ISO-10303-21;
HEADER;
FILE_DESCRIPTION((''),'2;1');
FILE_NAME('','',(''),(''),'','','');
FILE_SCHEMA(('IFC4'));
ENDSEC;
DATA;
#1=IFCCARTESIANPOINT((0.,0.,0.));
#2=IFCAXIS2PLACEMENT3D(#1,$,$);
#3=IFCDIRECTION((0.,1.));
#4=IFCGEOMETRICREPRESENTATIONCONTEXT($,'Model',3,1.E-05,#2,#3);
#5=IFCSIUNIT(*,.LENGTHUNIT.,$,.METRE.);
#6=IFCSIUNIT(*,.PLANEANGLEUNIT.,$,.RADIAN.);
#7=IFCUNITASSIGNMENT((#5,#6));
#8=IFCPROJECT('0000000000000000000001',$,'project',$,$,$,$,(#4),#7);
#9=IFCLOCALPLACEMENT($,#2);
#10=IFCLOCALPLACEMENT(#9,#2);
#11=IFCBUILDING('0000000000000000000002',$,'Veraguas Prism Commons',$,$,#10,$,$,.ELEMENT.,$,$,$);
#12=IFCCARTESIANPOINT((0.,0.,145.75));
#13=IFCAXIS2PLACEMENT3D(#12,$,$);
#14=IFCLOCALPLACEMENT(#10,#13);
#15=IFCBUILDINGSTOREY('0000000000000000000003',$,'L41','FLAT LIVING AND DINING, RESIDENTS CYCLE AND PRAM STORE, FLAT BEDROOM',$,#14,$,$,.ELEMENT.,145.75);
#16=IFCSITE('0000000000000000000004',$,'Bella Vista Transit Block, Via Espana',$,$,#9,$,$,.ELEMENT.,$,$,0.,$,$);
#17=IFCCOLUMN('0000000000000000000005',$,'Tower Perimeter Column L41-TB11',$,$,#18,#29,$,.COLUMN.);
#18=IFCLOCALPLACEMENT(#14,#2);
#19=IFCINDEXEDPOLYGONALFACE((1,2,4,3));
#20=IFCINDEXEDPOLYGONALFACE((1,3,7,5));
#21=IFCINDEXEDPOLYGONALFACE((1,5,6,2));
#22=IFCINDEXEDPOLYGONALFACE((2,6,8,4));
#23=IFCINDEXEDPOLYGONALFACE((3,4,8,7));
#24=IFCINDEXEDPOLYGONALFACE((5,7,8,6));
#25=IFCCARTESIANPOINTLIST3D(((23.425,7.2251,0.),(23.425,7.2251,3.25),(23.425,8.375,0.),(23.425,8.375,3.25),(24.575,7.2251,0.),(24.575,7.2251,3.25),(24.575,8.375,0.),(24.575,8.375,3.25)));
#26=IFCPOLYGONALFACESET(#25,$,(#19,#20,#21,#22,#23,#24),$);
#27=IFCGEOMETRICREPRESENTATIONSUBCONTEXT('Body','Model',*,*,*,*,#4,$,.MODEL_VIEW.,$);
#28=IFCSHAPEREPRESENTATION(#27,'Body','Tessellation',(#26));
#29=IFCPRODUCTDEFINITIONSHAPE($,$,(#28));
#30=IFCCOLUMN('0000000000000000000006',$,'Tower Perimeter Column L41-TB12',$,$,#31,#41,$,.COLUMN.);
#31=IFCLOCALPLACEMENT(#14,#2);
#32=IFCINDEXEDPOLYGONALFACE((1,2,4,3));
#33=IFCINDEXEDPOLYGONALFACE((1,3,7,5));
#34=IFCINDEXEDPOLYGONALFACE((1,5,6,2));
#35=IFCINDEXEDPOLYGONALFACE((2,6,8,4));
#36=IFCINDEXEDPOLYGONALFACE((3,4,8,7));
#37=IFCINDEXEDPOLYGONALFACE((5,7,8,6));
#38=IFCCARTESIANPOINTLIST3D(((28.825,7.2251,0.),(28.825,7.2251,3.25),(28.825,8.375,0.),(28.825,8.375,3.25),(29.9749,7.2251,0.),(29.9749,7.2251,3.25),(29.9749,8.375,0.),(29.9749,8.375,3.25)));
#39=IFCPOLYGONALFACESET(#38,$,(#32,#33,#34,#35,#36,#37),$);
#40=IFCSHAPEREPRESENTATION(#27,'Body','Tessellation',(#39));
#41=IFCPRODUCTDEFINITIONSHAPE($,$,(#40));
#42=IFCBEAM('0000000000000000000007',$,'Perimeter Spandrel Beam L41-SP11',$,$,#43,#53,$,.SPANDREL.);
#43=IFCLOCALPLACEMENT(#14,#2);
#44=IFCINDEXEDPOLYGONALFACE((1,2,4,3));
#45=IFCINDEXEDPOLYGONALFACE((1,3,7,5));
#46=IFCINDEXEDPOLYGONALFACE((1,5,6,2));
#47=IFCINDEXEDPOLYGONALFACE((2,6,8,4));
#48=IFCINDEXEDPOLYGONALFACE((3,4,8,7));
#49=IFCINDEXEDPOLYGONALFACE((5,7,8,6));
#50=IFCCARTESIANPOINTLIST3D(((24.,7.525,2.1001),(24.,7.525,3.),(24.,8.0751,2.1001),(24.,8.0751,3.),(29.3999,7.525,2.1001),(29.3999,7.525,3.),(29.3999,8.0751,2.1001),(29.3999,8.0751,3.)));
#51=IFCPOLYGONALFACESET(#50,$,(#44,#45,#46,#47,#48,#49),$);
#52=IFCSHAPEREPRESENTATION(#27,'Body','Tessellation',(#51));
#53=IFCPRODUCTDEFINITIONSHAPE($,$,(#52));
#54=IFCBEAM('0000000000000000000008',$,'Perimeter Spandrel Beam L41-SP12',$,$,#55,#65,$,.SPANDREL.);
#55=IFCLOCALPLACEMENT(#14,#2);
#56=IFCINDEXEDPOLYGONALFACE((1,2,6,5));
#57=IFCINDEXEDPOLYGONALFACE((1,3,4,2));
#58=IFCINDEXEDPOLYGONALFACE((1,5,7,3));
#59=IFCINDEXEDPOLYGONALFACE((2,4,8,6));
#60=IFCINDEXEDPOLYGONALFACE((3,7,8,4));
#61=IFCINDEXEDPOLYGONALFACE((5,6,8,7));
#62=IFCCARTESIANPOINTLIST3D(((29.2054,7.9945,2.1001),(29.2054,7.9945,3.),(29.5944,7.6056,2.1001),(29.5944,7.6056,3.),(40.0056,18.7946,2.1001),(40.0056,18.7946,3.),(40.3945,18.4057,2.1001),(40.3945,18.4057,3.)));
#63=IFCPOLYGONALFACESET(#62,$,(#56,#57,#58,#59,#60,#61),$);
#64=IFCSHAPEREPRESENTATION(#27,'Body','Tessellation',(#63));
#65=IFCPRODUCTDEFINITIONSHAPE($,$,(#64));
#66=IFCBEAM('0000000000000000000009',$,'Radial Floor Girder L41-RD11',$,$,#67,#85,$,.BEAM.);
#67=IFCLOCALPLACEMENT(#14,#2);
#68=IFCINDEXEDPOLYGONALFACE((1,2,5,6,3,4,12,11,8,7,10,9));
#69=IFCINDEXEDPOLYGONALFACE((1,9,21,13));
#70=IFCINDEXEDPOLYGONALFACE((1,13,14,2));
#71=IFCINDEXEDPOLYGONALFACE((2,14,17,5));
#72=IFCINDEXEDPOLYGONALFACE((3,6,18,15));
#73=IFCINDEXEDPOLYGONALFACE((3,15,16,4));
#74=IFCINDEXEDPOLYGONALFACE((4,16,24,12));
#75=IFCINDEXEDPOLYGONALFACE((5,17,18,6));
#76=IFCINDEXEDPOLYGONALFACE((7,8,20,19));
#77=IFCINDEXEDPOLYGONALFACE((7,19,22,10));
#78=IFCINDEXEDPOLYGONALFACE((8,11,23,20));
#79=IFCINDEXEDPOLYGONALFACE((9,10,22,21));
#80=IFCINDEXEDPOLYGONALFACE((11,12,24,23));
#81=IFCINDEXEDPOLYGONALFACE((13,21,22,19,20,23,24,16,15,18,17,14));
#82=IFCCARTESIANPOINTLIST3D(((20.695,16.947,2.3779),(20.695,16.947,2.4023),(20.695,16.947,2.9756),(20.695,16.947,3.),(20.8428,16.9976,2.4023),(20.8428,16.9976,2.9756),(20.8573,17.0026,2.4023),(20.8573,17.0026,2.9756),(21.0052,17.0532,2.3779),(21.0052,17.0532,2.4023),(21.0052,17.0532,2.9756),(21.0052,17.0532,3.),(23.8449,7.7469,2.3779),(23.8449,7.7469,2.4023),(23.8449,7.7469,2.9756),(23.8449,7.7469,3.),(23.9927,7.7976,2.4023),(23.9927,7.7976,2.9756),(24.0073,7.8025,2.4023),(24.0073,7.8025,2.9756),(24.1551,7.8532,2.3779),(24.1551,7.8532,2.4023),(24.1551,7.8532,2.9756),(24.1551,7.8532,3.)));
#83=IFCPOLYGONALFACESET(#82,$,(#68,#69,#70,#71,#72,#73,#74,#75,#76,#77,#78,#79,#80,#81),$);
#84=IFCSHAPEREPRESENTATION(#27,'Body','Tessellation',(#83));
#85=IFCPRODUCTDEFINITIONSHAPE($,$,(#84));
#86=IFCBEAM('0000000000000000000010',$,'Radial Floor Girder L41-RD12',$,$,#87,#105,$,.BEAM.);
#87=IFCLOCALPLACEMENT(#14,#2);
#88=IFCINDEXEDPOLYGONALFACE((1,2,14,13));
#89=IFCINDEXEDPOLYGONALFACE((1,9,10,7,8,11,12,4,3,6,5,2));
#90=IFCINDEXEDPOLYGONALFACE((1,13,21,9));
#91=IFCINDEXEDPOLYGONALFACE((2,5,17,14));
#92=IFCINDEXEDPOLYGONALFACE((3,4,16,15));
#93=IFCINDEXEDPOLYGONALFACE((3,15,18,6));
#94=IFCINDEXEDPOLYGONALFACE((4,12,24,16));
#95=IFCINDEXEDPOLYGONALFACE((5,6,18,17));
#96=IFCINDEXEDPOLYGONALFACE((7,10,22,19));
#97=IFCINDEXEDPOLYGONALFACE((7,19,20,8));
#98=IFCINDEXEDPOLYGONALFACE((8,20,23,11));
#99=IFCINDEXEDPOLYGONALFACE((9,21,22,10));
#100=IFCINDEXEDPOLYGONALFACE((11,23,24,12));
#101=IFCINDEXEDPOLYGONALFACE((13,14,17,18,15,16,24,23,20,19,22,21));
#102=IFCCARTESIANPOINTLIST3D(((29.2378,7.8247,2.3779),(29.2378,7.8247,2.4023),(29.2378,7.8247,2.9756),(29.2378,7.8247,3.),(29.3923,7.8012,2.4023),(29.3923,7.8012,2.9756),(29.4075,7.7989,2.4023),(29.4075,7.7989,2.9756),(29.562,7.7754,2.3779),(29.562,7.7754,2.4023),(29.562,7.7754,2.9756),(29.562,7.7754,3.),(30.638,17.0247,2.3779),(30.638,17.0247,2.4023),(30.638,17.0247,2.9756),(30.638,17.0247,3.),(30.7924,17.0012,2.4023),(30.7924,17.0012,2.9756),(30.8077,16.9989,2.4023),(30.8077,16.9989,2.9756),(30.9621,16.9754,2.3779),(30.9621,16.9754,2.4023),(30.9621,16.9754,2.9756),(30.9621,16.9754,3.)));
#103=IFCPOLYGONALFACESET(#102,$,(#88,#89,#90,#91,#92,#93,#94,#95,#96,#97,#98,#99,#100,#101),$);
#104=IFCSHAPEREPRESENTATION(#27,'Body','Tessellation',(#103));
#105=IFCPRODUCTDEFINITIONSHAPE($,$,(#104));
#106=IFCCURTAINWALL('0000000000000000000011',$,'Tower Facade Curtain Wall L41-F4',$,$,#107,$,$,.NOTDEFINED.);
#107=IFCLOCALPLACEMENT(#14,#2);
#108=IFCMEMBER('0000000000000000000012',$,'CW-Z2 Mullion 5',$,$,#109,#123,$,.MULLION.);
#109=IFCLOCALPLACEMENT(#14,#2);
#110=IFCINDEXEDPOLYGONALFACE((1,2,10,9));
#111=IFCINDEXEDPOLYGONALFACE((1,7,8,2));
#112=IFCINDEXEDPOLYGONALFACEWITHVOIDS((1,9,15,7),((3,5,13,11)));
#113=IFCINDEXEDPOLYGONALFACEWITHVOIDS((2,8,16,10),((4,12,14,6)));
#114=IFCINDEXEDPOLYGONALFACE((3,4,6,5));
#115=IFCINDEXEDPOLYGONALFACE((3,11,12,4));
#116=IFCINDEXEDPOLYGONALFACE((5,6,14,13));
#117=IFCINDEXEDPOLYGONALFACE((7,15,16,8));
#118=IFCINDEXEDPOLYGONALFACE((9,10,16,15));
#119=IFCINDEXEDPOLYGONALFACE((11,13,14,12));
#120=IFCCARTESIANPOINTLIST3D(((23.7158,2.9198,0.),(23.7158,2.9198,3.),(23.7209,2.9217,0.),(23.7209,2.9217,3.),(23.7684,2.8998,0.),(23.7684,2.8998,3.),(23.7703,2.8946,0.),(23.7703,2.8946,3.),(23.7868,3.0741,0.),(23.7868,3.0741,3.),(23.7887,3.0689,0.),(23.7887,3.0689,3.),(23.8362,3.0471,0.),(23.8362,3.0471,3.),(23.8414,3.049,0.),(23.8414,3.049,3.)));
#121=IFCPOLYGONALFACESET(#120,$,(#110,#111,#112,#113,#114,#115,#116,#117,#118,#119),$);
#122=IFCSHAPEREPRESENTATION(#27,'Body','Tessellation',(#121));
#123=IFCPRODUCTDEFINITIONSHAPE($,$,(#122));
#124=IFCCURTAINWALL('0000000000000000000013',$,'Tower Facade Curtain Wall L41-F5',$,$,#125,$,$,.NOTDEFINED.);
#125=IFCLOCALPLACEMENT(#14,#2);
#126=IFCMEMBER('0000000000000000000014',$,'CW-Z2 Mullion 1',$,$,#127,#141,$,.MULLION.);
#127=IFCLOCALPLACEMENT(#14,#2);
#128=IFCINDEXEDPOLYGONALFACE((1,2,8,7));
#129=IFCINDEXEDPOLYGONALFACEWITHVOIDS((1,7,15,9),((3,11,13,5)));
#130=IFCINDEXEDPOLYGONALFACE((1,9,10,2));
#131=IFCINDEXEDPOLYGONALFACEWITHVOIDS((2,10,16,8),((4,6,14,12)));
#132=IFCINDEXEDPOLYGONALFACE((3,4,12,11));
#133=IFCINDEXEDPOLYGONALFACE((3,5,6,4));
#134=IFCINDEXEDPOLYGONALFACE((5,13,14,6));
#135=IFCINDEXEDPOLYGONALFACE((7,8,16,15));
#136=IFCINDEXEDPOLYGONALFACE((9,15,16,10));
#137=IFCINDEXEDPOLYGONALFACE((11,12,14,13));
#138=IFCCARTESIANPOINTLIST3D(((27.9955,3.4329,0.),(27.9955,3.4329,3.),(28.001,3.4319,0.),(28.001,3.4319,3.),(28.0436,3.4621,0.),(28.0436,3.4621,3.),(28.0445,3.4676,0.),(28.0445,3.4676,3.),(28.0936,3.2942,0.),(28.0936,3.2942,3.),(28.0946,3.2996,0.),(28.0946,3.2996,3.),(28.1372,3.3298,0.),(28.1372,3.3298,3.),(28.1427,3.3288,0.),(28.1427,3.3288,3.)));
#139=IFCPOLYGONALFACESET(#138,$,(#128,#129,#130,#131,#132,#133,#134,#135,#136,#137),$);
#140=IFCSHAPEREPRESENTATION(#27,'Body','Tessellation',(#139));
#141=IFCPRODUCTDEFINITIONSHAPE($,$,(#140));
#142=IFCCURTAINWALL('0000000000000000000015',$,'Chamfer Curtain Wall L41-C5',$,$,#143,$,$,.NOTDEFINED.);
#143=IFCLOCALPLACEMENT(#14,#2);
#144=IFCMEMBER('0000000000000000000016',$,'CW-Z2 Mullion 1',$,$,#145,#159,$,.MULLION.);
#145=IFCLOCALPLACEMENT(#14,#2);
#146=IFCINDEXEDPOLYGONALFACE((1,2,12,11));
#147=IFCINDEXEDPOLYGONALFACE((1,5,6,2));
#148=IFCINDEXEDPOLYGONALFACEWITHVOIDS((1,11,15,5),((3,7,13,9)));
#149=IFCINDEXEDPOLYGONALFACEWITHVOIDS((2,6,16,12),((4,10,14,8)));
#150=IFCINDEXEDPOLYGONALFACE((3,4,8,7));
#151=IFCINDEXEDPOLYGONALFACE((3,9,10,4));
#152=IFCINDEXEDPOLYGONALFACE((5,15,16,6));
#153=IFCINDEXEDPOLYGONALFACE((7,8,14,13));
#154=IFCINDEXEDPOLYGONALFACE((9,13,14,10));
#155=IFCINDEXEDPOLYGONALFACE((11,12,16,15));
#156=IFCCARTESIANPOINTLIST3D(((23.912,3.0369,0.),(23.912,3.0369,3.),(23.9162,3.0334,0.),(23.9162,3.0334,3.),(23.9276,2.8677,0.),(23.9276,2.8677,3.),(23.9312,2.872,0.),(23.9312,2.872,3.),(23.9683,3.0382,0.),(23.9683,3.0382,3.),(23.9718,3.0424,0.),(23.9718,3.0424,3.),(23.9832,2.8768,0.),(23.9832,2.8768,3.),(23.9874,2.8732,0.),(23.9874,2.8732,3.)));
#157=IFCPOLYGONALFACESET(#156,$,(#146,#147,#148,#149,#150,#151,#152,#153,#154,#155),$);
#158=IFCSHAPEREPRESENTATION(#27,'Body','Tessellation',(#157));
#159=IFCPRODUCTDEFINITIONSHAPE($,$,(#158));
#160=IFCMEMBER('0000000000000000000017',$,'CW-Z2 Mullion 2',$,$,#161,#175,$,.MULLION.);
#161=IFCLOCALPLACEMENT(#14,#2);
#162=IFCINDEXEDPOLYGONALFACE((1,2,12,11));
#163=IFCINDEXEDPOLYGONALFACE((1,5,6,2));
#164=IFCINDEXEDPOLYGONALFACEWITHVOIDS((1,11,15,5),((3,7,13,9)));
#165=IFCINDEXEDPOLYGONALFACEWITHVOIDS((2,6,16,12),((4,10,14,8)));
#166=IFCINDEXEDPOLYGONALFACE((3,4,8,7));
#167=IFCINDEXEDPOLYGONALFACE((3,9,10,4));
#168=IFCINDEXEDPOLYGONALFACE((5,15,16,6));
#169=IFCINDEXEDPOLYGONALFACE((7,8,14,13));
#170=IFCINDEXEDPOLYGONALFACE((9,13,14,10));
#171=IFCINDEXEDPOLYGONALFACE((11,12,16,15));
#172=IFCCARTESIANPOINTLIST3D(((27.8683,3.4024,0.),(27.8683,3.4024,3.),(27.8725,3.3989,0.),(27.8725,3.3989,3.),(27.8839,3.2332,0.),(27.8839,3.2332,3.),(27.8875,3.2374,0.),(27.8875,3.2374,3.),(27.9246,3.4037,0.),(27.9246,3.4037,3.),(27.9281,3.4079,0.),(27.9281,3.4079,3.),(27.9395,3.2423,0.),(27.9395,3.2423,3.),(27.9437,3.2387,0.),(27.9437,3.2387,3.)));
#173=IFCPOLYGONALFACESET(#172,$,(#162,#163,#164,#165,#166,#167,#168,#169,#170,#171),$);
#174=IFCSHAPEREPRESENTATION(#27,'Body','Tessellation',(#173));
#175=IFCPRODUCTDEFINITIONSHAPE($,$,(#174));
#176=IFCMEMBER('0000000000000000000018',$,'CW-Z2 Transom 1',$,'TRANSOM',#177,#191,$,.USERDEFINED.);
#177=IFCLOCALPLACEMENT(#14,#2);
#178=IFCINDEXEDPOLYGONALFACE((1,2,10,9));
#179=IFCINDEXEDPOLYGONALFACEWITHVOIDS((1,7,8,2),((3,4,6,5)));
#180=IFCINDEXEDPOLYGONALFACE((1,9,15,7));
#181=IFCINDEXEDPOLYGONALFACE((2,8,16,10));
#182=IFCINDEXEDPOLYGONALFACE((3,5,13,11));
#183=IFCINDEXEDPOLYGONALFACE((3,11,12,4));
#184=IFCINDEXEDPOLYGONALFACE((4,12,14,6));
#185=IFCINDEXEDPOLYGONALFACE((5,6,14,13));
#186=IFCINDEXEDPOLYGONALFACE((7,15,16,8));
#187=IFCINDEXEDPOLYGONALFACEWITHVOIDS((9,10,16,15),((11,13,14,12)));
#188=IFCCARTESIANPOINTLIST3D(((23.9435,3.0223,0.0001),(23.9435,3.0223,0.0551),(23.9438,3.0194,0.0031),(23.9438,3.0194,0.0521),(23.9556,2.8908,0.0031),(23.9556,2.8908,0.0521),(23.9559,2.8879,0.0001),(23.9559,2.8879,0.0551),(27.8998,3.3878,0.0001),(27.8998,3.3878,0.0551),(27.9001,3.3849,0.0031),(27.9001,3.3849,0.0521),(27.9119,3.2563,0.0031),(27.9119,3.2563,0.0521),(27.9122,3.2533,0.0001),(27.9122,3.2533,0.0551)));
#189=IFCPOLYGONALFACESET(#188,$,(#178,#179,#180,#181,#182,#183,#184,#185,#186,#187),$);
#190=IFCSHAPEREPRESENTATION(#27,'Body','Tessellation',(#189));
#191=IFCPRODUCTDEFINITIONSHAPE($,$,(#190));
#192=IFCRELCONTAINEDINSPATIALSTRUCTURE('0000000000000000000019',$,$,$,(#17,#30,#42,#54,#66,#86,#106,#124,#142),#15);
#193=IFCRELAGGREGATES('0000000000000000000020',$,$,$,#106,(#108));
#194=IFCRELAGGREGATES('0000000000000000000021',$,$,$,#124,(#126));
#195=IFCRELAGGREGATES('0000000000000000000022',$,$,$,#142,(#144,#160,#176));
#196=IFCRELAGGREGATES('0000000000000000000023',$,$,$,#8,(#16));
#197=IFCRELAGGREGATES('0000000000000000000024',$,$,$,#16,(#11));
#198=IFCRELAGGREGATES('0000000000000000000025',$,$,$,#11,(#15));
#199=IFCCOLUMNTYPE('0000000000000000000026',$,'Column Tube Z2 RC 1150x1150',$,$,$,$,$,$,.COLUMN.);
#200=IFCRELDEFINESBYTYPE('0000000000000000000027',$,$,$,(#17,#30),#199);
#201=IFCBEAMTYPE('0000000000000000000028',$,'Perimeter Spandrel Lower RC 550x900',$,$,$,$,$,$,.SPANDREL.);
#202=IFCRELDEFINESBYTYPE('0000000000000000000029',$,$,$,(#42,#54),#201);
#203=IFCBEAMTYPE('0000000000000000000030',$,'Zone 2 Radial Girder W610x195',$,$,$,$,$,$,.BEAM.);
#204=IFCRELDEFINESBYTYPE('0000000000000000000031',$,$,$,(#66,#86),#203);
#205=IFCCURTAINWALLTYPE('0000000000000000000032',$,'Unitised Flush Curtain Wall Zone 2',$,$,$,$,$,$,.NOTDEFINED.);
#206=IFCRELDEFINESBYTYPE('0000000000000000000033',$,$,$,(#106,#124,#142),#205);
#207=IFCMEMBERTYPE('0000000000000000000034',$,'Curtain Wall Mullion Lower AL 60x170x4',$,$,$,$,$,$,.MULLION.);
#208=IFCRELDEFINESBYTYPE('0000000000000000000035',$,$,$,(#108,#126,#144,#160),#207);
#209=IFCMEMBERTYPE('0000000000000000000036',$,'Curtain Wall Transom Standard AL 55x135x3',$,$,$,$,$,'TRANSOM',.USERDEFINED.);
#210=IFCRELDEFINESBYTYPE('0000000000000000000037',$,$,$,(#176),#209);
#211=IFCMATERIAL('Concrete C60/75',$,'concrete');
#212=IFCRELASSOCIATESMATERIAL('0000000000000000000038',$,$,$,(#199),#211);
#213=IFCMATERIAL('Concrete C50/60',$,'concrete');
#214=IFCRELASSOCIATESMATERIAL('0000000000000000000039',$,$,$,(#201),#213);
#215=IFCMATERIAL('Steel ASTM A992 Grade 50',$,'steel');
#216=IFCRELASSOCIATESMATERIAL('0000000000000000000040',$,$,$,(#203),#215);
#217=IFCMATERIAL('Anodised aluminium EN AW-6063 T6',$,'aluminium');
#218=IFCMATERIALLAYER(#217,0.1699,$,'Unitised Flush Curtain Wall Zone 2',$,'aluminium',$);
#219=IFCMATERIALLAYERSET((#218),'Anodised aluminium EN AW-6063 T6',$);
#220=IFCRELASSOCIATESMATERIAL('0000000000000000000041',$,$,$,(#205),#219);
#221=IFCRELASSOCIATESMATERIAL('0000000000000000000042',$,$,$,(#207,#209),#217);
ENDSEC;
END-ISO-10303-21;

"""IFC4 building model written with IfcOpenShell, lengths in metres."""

from ifc_helpers import new_model, si_unit, direction, frame, origin, origin_2d, place, context, subcontext, project, spatial, rectangle, hollow_rectangle, i_section, extrude, source, transform, mapped, material, layer, layer_set, material_profile, profile_set, type_object, element, aggregate, save


model = new_model("IFC4")

# Units and contexts
model_context = context("Model", 3, precision=1e-05, world=origin(), true_north=direction((0.0, 1.0)))
body_context = subcontext(model_context, "Body", "Model", "MODEL_VIEW")
ifc_project = project(units=[si_unit("LENGTHUNIT", "METRE"), si_unit("PLANEANGLEUNIT", "RADIAN")], contexts=[model_context])

# Site, building, storey
site_placement = place(None, origin())
site = spatial("IfcSite", under=ifc_project, at=site_placement, Name="Bella Vista Transit Block, Via Espana", CompositionType="ELEMENT", RefElevation=0.0)
building_placement = place(site_placement, origin())
building = spatial("IfcBuilding", under=site, at=building_placement, Name="Veraguas Prism Commons", CompositionType="ELEMENT")
storey_placement = place(building_placement, frame((0.0, 0.0, 145.75)))
storey = spatial("IfcBuildingStorey", under=building, at=storey_placement, Name="L41", Description="FLAT LIVING AND DINING, RESIDENTS CYCLE AND PRAM STORE, FLAT BEDROOM", CompositionType="ELEMENT", Elevation=145.75)

# Columns
ifc_material_1 = material(Name="Concrete C60/75", Category="concrete")
ifc_material_profile_1 = material_profile(ifc_material_1, rectangle(XDim=1.1499, YDim=1.1499, at=origin_2d()), Name="RC1150X1150")
ifc_profile_set_1 = profile_set([ifc_material_profile_1], Name="Concrete C60/75")
column_type = type_object("IfcColumnType", Name="Column Tube Z2 RC 1150x1150", PredefinedType="COLUMN", material=ifc_profile_set_1)
for number, where, z_axis, x_axis, name in (
    (1, (24.0, 7.8, 0.0), (0.0, 0.0, 1.0), (1.0, 0.0, 0.0), "Tower Perimeter Column L41-TB11"),
    (2, (29.3999, 7.8, 0.0), (0.0, 0.0, 1.0), (1.0, 0.0, 0.0), "Tower Perimeter Column L41-TB12"),
):
    element("IfcColumn", number, at=place(storey_placement, frame(where, z_axis=z_axis, x_axis=x_axis)), inside=storey, type_object=column_type, Name=name, PredefinedType="COLUMN", context=body_context, shape_type="SweptSolid", body=[
        extrude(rectangle(XDim=1.1499, YDim=1.1499, at=origin_2d()), origin(), (0.0, 0.0, 1.0), 3.25),
    ])

# Beams
ifc_material_2 = material(Name="Concrete C50/60", Category="concrete")
ifc_material_profile_2 = material_profile(ifc_material_2, rectangle(XDim=0.55, YDim=0.8999, at=origin_2d()), Name="RC550X900")
ifc_profile_set_2 = profile_set([ifc_material_profile_2], Name="Concrete C50/60")
beam_type_1 = type_object("IfcBeamType", Name="Perimeter Spandrel Lower RC 550x900", PredefinedType="SPANDREL", material=ifc_profile_set_2)
beam_1_placement = place(storey_placement, frame((24.0, 7.8, 2.55), z_axis=(1.0, 0.0, 0.0), x_axis=(0.0, 1.0, 0.0)))
element("IfcBeam", 3, at=beam_1_placement, inside=storey, type_object=beam_type_1, Name="Perimeter Spandrel Beam L41-SP11", PredefinedType="SPANDREL", context=body_context, shape_type="SweptSolid", body=[
    extrude(rectangle(XDim=0.55, YDim=0.8999, at=origin_2d()), origin(), (0.0, 0.0, 1.0), 5.3999),
])
beam_2_placement = place(storey_placement, frame((29.3999, 7.8, 2.55), z_axis=(0.707107, 0.707107, 0.0), x_axis=(-0.707107, 0.707107, 0.0)))
element("IfcBeam", 4, at=beam_2_placement, inside=storey, type_object=beam_type_1, Name="Perimeter Spandrel Beam L41-SP12", PredefinedType="SPANDREL", context=body_context, shape_type="SweptSolid", body=[
    extrude(rectangle(XDim=0.55, YDim=0.8999, at=origin_2d()), origin(), (0.0, 0.0, 1.0), 15.2737),
])
ifc_material_3 = material(Name="Steel ASTM A992 Grade 50", Category="steel")
ifc_material_profile_3 = material_profile(ifc_material_3, i_section(OverallWidth=0.3279, OverallDepth=0.6221, WebThickness=0.0154, FlangeThickness=0.0244, at=origin_2d()), Name="W610X195")
ifc_profile_set_3 = profile_set([ifc_material_profile_3], Name="Steel ASTM A992 Grade 50")
beam_type_2 = type_object("IfcBeamType", Name="Zone 2 Radial Girder W610x195", PredefinedType="BEAM", material=ifc_profile_set_3)
beam_3_placement = place(storey_placement, frame((24.0, 7.8, 2.689), z_axis=(-0.323922, 0.946084, 0.0), x_axis=(-0.946084, -0.323922, 0.0)))
element("IfcBeam", 5, at=beam_3_placement, inside=storey, type_object=beam_type_2, Name="Radial Floor Girder L41-RD11", PredefinedType="BEAM", context=body_context, shape_type="SweptSolid", body=[
    extrude(i_section(OverallWidth=0.3279, OverallDepth=0.6221, WebThickness=0.0154, FlangeThickness=0.0244, at=origin_2d()), origin(), (0.0, 0.0, 1.0), 9.7244),
])
beam_4_placement = place(storey_placement, frame((29.3999, 7.8, 2.689), z_axis=(0.150458, 0.988616, 0.0), x_axis=(-0.988616, 0.150458, 0.0)))
element("IfcBeam", 6, at=beam_4_placement, inside=storey, type_object=beam_type_2, Name="Radial Floor Girder L41-RD12", PredefinedType="BEAM", context=body_context, shape_type="SweptSolid", body=[
    extrude(i_section(OverallWidth=0.3279, OverallDepth=0.6221, WebThickness=0.0154, FlangeThickness=0.0244, at=origin_2d()), origin(), (0.0, 0.0, 1.0), 9.3059),
])

# Curtain walls, members
ifc_material_4 = material(Name="Anodised aluminium EN AW-6063 T6", Category="aluminium")
ifc_layer_1 = layer(ifc_material_4, 0.1699, Name="Unitised Flush Curtain Wall Zone 2", Category="aluminium")
ifc_layer_set_1 = layer_set([ifc_layer_1], Name="Anodised aluminium EN AW-6063 T6")
curtain_wall_type = type_object("IfcCurtainWallType", Name="Unitised Flush Curtain Wall Zone 2", PredefinedType="NOTDEFINED", material=ifc_layer_set_1)
curtain_wall_1_placement = place(storey_placement, origin())
curtain_wall_1 = element("IfcCurtainWall", 7, at=curtain_wall_1_placement, inside=storey, type_object=curtain_wall_type, Name="Tower Facade Curtain Wall L41-F4", PredefinedType="NOTDEFINED")
ifc_material_profile_4 = material_profile(ifc_material_4, hollow_rectangle(XDim=0.0601, YDim=0.1699, WallThickness=0.0039, at=origin_2d()), Name="AL60X170X4")
ifc_profile_set_4 = profile_set([ifc_material_profile_4], Name="Anodised aluminium EN AW-6063 T6")
member_type_1 = type_object("IfcMemberType", Name="Curtain Wall Mullion Lower AL 60x170x4", PredefinedType="MULLION", material=ifc_profile_set_4)
shared_shape_1 = source(origin(), body_context, "Body", "SweptSolid", [
    extrude(hollow_rectangle(XDim=0.0601, YDim=0.1699, WallThickness=0.0039, at=origin_2d()), origin(), (0.0, 0.0, 1.0), 3.0),
])
member_1_placement = place(storey_placement, frame((23.7786, 2.9844, 0.0), z_axis=(0.0, 0.0, 1.0), x_axis=(0.908363, -0.418183, 0.0)))
member_1 = element("IfcMember", 8, at=member_1_placement, type_object=member_type_1, Name="CW-Z2 Mullion 5", PredefinedType="MULLION", context=body_context, shape_type="MappedRepresentation", body=[
    mapped(shared_shape_1, transform((0.0, 0.0, 0.0), scale=1.0)),
])
curtain_wall_2_placement = place(storey_placement, origin())
curtain_wall_2 = element("IfcCurtainWall", 9, at=curtain_wall_2_placement, inside=storey, type_object=curtain_wall_type, Name="Tower Facade Curtain Wall L41-F5", PredefinedType="NOTDEFINED")
member_2_placement = place(storey_placement, frame((28.0691, 3.3809, 0.0), z_axis=(0.0, 0.0, 1.0), x_axis=(0.816342, 0.577568, 0.0)))
member_2 = element("IfcMember", 10, at=member_2_placement, type_object=member_type_1, Name="CW-Z2 Mullion 1", PredefinedType="MULLION", context=body_context, shape_type="MappedRepresentation", body=[
    mapped(shared_shape_1, transform((0.0, 0.0, 0.0), scale=1.0)),
])

# Curtain wall, members
curtain_wall_3_placement = place(storey_placement, origin())
curtain_wall_3 = element("IfcCurtainWall", 11, at=curtain_wall_3_placement, inside=storey, type_object=curtain_wall_type, Name="Chamfer Curtain Wall L41-C5", PredefinedType="NOTDEFINED")
member_3_placement = place(storey_placement, frame((23.9497, 2.9551, 0.0), z_axis=(0.0, 0.0, 1.0), x_axis=(0.995756, 0.092035, 0.0)))
member_3 = element("IfcMember", 12, at=member_3_placement, type_object=member_type_1, Name="CW-Z2 Mullion 1", PredefinedType="MULLION", context=body_context, shape_type="MappedRepresentation", body=[
    mapped(shared_shape_1, transform((0.0, 0.0, 0.0), scale=1.0)),
])
member_4_placement = place(storey_placement, frame((27.906, 3.3206, 0.0), z_axis=(0.0, 0.0, 1.0), x_axis=(0.995756, 0.092035, 0.0)))
member_4 = element("IfcMember", 13, at=member_4_placement, type_object=member_type_1, Name="CW-Z2 Mullion 2", PredefinedType="MULLION", context=body_context, shape_type="MappedRepresentation", body=[
    mapped(shared_shape_1, transform((0.0, 0.0, 0.0), scale=1.0)),
])
ifc_material_profile_5 = material_profile(ifc_material_4, hollow_rectangle(XDim=0.0549, YDim=0.135, WallThickness=0.0029, at=origin_2d()), Name="AL55X135X3")
ifc_profile_set_5 = profile_set([ifc_material_profile_5], Name="Anodised aluminium EN AW-6063 T6")
member_type_2 = type_object("IfcMemberType", Name="Curtain Wall Transom Standard AL 55x135x3", ElementType="TRANSOM", PredefinedType="USERDEFINED", material=ifc_profile_set_5)
shared_shape_2 = source(origin(), body_context, "Body", "SweptSolid", [
    extrude(hollow_rectangle(XDim=0.0549, YDim=0.135, WallThickness=0.0029, at=origin_2d()), origin(), (0.0, 0.0, 1.0), 3.9731),
])
member_5_placement = place(storey_placement, frame((23.9497, 2.9551, 0.0276), z_axis=(0.99576, 0.091987, 0.0), x_axis=(0.0, 0.0, 1.0)))
member_5 = element("IfcMember", 14, at=member_5_placement, type_object=member_type_2, Name="CW-Z2 Transom 1", ObjectType="TRANSOM", PredefinedType="USERDEFINED", context=body_context, shape_type="MappedRepresentation", body=[
    mapped(shared_shape_2, transform((0.0, 0.0, 0.0), scale=1.0)),
])

aggregate(curtain_wall_1, [member_1])
aggregate(curtain_wall_2, [member_2])
aggregate(curtain_wall_3, [member_3, member_4, member_5])

save(model, "model.ifc")
